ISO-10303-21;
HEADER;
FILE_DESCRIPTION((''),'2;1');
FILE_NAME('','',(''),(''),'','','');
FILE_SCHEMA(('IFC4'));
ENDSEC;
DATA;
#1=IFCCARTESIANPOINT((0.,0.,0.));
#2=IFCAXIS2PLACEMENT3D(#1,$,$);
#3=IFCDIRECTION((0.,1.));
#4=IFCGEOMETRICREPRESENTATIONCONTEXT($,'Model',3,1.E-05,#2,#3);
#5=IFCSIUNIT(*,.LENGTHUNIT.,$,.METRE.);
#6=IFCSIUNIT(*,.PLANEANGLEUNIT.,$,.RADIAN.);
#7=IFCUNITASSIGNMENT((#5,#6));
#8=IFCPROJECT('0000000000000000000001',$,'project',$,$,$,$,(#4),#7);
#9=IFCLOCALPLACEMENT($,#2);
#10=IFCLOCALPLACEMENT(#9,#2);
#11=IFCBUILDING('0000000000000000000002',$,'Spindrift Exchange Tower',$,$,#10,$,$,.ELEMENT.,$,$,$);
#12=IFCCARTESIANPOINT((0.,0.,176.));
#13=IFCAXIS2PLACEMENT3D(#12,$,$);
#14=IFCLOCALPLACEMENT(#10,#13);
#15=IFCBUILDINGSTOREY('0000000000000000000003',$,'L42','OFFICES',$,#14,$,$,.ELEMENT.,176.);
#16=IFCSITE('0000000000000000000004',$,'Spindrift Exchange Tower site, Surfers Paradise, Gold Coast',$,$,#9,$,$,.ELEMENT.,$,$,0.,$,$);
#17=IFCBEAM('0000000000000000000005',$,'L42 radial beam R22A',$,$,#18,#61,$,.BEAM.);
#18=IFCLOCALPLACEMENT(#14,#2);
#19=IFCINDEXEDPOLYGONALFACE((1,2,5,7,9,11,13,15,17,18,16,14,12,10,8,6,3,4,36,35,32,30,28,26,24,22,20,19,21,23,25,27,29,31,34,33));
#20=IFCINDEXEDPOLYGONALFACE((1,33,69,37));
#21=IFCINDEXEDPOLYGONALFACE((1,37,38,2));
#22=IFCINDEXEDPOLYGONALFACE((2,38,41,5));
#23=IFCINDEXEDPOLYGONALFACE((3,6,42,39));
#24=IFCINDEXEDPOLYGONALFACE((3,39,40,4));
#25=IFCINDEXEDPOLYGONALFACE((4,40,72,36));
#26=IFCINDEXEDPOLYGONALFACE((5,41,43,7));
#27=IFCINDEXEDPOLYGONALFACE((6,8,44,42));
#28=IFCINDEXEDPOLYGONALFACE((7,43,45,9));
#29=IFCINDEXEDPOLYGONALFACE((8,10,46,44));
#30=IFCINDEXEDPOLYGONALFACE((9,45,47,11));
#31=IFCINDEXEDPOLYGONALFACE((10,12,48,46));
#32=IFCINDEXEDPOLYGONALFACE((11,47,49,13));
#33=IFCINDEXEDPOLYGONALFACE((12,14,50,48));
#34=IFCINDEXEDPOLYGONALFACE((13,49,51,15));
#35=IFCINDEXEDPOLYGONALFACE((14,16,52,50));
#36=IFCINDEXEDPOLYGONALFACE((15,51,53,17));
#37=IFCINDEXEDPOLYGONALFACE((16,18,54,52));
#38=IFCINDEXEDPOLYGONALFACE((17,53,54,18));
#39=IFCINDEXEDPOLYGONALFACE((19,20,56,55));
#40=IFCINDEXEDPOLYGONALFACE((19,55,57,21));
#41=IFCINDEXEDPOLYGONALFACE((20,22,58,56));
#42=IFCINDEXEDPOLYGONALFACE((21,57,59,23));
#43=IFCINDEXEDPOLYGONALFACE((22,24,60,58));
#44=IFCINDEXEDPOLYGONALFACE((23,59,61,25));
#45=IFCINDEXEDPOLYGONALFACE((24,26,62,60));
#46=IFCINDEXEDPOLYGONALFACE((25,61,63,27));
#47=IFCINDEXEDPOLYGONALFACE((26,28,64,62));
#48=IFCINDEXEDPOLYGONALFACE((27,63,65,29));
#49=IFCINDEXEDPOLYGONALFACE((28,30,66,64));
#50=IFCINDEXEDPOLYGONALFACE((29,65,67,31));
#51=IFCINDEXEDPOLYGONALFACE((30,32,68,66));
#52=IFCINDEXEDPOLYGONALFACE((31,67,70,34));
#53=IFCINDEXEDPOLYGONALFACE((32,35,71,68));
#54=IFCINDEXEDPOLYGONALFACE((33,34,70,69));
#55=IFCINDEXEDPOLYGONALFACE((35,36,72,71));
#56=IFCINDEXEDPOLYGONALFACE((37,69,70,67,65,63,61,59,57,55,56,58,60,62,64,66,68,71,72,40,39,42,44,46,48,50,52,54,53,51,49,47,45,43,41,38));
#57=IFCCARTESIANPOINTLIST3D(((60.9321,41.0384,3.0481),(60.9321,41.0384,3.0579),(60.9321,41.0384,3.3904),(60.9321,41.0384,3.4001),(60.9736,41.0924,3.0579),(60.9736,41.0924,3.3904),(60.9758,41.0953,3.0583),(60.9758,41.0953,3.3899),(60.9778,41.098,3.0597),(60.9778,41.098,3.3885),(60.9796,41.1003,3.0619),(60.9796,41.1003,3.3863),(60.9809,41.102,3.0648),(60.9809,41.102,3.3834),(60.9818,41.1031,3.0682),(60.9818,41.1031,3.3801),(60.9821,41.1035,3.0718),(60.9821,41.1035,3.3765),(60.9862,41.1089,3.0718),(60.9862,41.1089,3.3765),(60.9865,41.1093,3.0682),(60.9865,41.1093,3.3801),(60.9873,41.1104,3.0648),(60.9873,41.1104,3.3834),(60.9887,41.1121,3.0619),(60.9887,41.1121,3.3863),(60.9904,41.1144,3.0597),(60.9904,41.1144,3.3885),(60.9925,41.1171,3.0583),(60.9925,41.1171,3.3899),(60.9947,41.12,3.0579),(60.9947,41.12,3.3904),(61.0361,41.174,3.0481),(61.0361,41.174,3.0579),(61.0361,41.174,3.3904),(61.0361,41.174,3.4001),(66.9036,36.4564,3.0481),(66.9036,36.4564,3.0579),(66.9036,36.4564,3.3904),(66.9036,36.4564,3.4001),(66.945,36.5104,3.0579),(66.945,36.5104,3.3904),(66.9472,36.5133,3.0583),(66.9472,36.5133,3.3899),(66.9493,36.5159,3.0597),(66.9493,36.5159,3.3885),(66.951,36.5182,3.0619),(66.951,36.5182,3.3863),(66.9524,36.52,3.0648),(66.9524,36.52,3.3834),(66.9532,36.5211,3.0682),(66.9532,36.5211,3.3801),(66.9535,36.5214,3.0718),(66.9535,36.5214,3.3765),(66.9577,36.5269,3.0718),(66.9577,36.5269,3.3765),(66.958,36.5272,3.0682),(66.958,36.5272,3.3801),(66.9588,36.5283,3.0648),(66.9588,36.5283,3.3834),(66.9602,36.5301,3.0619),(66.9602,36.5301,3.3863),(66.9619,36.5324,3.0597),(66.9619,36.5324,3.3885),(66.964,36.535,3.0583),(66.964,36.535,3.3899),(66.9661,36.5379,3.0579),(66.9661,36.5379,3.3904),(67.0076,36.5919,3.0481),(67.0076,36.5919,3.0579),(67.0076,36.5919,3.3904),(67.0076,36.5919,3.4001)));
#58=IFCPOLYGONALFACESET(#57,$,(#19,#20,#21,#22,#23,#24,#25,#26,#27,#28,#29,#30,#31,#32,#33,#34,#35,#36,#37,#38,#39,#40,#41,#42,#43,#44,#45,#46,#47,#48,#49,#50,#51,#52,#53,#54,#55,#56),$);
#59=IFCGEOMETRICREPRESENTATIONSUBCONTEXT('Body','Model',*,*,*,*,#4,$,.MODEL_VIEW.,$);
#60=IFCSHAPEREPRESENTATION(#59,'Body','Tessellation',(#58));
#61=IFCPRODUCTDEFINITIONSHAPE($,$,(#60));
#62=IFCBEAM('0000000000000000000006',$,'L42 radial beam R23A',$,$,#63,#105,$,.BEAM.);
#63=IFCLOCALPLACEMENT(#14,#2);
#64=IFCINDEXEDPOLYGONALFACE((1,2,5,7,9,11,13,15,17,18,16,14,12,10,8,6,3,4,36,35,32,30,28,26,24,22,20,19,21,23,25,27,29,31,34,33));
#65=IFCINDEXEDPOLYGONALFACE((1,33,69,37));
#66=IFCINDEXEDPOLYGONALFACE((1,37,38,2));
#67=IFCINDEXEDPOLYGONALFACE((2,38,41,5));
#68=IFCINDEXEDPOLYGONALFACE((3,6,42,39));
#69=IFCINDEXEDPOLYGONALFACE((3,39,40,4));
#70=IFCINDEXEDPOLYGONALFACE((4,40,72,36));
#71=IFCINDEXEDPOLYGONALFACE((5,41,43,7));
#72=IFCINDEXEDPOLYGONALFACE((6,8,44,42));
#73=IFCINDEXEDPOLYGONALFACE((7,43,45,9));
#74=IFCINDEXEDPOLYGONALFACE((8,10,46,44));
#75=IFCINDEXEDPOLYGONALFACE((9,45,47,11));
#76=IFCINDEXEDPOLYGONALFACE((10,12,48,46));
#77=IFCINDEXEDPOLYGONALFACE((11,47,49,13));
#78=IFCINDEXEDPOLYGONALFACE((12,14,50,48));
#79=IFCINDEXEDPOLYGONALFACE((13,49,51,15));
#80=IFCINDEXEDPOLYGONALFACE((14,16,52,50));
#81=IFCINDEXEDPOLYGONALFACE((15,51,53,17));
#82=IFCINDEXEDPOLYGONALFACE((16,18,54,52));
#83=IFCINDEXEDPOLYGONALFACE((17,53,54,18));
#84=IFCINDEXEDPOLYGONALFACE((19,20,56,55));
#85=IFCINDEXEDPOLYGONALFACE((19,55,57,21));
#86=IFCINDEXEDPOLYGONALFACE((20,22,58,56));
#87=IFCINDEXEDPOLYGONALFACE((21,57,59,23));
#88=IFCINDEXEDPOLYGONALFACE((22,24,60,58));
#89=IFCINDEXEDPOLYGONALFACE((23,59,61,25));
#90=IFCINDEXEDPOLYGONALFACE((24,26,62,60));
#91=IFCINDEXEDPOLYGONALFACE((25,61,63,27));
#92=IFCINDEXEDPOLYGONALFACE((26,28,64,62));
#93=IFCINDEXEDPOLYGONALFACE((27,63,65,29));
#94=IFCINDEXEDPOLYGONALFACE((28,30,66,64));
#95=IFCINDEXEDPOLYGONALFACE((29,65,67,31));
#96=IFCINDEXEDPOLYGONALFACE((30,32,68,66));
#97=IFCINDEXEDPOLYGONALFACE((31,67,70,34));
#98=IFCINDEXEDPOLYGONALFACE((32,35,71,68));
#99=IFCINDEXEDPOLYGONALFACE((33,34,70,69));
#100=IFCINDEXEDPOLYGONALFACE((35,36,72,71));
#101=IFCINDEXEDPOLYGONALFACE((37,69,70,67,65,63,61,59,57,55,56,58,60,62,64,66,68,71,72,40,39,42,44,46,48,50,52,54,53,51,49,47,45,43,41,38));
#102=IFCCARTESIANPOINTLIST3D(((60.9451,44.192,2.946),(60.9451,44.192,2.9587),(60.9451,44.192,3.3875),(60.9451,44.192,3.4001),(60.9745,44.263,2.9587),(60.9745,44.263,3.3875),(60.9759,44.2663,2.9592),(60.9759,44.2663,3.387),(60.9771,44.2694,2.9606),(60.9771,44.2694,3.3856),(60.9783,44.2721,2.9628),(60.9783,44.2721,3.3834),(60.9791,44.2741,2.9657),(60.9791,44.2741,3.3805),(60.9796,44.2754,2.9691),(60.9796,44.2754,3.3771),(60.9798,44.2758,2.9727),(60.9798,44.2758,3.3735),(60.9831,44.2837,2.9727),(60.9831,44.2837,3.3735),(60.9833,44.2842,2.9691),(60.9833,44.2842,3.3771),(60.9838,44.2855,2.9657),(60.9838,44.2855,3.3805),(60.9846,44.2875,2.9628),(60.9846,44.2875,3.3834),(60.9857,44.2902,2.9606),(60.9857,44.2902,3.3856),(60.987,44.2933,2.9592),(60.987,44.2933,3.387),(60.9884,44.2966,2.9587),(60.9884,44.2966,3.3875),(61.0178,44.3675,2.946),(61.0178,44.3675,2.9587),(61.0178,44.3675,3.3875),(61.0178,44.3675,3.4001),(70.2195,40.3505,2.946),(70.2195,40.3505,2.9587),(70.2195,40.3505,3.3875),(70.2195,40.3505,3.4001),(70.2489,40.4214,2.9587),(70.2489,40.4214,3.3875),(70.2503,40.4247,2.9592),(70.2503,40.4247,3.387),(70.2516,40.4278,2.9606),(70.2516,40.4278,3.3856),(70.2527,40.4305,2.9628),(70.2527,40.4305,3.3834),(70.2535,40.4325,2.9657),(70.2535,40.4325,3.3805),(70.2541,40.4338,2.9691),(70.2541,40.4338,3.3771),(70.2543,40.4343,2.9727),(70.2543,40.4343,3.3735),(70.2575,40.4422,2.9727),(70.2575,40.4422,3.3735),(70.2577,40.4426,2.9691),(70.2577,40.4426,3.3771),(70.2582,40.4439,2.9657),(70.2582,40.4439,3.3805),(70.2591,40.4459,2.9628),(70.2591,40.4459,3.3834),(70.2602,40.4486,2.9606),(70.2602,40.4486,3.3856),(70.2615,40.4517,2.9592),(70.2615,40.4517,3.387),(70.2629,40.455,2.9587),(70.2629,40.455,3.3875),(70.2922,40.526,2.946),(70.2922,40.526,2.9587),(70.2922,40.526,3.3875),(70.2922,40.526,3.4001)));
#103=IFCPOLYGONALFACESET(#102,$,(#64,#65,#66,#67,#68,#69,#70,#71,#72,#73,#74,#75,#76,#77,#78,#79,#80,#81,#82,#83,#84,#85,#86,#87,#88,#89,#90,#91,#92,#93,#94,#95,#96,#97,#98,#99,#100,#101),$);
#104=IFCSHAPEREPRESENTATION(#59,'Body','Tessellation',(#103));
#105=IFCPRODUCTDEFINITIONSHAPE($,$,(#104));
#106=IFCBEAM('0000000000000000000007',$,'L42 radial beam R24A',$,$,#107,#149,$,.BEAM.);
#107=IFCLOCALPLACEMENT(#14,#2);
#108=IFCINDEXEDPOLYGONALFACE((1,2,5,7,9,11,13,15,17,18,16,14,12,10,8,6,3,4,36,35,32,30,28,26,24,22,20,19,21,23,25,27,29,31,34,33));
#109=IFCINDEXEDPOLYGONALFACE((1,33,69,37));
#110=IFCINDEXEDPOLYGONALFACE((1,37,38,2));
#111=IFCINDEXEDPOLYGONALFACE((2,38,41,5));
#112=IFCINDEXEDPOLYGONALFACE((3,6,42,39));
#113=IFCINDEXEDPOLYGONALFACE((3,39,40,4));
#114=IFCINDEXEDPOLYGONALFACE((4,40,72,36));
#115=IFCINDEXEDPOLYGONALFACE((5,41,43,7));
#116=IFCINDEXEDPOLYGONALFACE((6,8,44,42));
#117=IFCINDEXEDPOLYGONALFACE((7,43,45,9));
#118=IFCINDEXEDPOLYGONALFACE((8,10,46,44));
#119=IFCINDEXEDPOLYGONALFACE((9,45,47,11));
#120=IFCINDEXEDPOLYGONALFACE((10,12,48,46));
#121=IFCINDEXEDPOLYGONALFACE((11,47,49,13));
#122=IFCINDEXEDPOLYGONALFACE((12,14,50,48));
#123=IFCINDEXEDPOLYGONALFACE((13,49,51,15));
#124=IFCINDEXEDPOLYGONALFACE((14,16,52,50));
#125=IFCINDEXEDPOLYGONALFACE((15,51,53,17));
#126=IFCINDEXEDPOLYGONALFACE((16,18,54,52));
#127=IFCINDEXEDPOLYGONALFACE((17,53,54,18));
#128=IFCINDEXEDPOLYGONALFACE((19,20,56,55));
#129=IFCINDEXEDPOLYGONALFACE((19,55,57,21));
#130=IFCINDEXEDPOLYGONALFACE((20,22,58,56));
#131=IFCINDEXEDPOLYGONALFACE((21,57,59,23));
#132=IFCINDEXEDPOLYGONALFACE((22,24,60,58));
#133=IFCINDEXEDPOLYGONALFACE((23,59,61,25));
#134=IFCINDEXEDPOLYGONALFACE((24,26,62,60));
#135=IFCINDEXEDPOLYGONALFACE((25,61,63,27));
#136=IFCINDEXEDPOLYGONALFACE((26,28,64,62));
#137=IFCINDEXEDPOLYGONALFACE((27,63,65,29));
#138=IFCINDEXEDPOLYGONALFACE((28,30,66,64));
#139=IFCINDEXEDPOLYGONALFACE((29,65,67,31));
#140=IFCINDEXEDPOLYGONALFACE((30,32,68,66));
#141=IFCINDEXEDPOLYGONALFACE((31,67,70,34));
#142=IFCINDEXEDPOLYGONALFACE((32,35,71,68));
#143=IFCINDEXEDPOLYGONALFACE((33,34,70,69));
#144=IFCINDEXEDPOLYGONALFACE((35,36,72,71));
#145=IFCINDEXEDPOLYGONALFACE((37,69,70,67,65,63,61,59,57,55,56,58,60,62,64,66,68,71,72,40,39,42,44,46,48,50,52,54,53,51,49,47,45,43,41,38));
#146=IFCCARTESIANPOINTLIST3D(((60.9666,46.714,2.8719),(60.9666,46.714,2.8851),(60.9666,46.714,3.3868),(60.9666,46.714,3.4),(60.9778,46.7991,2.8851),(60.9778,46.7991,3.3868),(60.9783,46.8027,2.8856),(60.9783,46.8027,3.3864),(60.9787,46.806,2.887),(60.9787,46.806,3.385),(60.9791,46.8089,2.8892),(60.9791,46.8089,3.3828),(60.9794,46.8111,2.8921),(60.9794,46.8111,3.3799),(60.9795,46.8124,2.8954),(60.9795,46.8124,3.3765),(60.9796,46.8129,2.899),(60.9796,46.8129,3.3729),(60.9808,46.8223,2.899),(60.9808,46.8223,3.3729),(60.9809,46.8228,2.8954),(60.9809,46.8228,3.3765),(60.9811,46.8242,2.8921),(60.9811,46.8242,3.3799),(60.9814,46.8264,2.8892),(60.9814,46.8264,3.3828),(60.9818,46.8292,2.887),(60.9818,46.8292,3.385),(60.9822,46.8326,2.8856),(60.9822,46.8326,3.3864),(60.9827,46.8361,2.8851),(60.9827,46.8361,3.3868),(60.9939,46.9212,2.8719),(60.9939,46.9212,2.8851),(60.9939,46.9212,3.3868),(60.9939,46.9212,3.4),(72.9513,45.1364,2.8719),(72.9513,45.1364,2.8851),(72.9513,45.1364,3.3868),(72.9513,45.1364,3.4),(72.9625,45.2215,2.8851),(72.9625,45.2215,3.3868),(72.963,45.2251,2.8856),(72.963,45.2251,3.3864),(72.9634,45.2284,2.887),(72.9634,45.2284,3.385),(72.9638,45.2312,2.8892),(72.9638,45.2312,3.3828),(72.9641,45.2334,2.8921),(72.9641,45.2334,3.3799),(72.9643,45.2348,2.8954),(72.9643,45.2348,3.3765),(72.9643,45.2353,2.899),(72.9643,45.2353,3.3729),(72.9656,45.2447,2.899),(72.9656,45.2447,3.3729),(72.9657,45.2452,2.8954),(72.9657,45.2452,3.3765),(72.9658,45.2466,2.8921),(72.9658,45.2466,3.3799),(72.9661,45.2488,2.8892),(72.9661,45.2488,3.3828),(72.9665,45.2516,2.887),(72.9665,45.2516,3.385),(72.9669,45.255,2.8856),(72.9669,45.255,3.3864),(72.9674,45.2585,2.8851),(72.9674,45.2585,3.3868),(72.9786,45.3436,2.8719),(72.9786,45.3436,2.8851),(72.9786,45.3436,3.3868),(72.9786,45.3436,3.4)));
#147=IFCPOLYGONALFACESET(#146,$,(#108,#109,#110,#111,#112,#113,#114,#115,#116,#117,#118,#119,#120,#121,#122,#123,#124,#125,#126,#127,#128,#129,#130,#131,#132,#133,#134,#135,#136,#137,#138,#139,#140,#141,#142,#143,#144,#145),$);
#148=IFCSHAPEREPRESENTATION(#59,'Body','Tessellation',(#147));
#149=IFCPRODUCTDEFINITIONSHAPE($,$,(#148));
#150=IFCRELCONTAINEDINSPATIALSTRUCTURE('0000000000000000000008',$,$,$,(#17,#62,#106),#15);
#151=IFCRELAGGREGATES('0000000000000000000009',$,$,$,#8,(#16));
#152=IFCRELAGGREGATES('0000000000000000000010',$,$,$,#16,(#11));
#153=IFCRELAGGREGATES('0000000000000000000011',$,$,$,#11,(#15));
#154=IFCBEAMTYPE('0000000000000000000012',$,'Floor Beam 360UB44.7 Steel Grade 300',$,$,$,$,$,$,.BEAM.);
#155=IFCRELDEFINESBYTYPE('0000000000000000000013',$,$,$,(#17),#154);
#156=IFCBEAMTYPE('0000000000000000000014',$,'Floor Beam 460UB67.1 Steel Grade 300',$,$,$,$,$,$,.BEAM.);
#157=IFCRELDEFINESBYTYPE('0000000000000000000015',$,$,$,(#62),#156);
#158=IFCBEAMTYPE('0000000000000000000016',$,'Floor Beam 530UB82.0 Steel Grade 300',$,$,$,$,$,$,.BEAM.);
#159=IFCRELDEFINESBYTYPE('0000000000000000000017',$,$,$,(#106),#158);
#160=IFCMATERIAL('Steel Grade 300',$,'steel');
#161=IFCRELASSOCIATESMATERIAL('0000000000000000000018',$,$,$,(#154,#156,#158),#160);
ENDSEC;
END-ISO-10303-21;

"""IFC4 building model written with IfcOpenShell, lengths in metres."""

from ifc_helpers import new_model, si_unit, direction, frame, origin, origin_2d, place, context, subcontext, project, spatial, i_section, extrude, source, transform, mapped, material, material_profile, profile_set, type_object, element, save


model = new_model("IFC4")

# Units and contexts
model_context = context("Model", 3, precision=1e-05, world=origin(), true_north=direction((0.0, 1.0)))
body_context = subcontext(model_context, "Body", "Model", "MODEL_VIEW")
ifc_project = project(units=[si_unit("LENGTHUNIT", "METRE"), si_unit("PLANEANGLEUNIT", "RADIAN")], contexts=[model_context])

# Site, building, storey
site_placement = place(None, origin())
site = spatial("IfcSite", under=ifc_project, at=site_placement, Name="Spindrift Exchange Tower site, Surfers Paradise, Gold Coast", CompositionType="ELEMENT", RefElevation=0.0)
building_placement = place(site_placement, origin())
building = spatial("IfcBuilding", under=site, at=building_placement, Name="Spindrift Exchange Tower", CompositionType="ELEMENT")
storey_placement = place(building_placement, frame((0.0, 0.0, 176.0)))
storey = spatial("IfcBuildingStorey", under=building, at=storey_placement, Name="L42", Description="OFFICES", CompositionType="ELEMENT", Elevation=176.0)

# Beams
ifc_material_1 = material(Name="Steel Grade 300", Category="steel")
ifc_material_profile_1 = material_profile(ifc_material_1, i_section(OverallWidth=0.1709, OverallDepth=0.3521, WebThickness=0.0068, FlangeThickness=0.0098, FilletRadius=0.0139, at=origin_2d()), Name="360UB44.7")
ifc_profile_set_1 = profile_set([ifc_material_profile_1], Name="Steel Grade 300")
beam_type_1 = type_object("IfcBeamType", Name="Floor Beam 360UB44.7 Steel Grade 300", PredefinedType="BEAM", material=ifc_profile_set_1)
shared_shape_1 = source(origin(), body_context, "Body", "SweptSolid", [
    extrude(i_section(OverallWidth=0.1709, OverallDepth=0.3521, WebThickness=0.0068, FlangeThickness=0.0098, FilletRadius=0.0139, at=origin_2d()), origin(), (0.0, 0.0, 1.0), 7.5269),
])
beam_1_placement = place(storey_placement, frame((60.9841, 41.1062, 3.2241), z_axis=(0.793354, -0.60876, 0.0), x_axis=(0.60876, 0.793354, 0.0)))
element("IfcBeam", 1, at=beam_1_placement, inside=storey, type_object=beam_type_1, Name="L42 radial beam R22A", PredefinedType="BEAM", context=body_context, shape_type="MappedRepresentation", body=[
    mapped(shared_shape_1, transform((0.0, 0.0, 0.0), scale=1.0)),
])
ifc_material_profile_2 = material_profile(ifc_material_1, i_section(OverallWidth=0.1899, OverallDepth=0.4541, WebThickness=0.0085, FlangeThickness=0.0127, FilletRadius=0.0139, at=origin_2d()), Name="460UB67.1")
ifc_profile_set_2 = profile_set([ifc_material_profile_2], Name="Steel Grade 300")
beam_type_2 = type_object("IfcBeamType", Name="Floor Beam 460UB67.1 Steel Grade 300", PredefinedType="BEAM", material=ifc_profile_set_2)
shared_shape_2 = source(origin(), body_context, "Body", "SweptSolid", [
    extrude(i_section(OverallWidth=0.1899, OverallDepth=0.4541, WebThickness=0.0085, FlangeThickness=0.0127, FilletRadius=0.0139, at=origin_2d()), origin(), (0.0, 0.0, 1.0), 10.0386),
])
beam_2_placement = place(storey_placement, frame((60.9814, 44.2798, 3.1731), z_axis=(0.923881, -0.38268, 0.0), x_axis=(0.38268, 0.923881, 0.0)))
element("IfcBeam", 2, at=beam_2_placement, inside=storey, type_object=beam_type_2, Name="L42 radial beam R23A", PredefinedType="BEAM", context=body_context, shape_type="MappedRepresentation", body=[
    mapped(shared_shape_2, transform((0.0, 0.0, 0.0), scale=1.0)),
])
ifc_material_profile_3 = material_profile(ifc_material_1, i_section(OverallWidth=0.209, OverallDepth=0.5281, WebThickness=0.0095, FlangeThickness=0.0132, FilletRadius=0.0139, at=origin_2d()), Name="530UB82.0")
ifc_profile_set_3 = profile_set([ifc_material_profile_3], Name="Steel Grade 300")
beam_type_3 = type_object("IfcBeamType", Name="Floor Beam 530UB82.0 Steel Grade 300", PredefinedType="BEAM", material=ifc_profile_set_3)
shared_shape_3 = source(origin(), body_context, "Body", "SweptSolid", [
    extrude(i_section(OverallWidth=0.209, OverallDepth=0.5281, WebThickness=0.0095, FlangeThickness=0.0132, FilletRadius=0.0139, at=origin_2d()), origin(), (0.0, 0.0, 1.0), 12.0881),
])
beam_3_placement = place(storey_placement, frame((60.9802, 46.8176, 3.136), z_axis=(0.991447, -0.13051, 0.0), x_axis=(0.13051, 0.991447, 0.0)))
element("IfcBeam", 3, at=beam_3_placement, inside=storey, type_object=beam_type_3, Name="L42 radial beam R24A", PredefinedType="BEAM", context=body_context, shape_type="MappedRepresentation", body=[
    mapped(shared_shape_3, transform((0.0, 0.0, 0.0), scale=1.0)),
])

save(model, "model.ifc")
